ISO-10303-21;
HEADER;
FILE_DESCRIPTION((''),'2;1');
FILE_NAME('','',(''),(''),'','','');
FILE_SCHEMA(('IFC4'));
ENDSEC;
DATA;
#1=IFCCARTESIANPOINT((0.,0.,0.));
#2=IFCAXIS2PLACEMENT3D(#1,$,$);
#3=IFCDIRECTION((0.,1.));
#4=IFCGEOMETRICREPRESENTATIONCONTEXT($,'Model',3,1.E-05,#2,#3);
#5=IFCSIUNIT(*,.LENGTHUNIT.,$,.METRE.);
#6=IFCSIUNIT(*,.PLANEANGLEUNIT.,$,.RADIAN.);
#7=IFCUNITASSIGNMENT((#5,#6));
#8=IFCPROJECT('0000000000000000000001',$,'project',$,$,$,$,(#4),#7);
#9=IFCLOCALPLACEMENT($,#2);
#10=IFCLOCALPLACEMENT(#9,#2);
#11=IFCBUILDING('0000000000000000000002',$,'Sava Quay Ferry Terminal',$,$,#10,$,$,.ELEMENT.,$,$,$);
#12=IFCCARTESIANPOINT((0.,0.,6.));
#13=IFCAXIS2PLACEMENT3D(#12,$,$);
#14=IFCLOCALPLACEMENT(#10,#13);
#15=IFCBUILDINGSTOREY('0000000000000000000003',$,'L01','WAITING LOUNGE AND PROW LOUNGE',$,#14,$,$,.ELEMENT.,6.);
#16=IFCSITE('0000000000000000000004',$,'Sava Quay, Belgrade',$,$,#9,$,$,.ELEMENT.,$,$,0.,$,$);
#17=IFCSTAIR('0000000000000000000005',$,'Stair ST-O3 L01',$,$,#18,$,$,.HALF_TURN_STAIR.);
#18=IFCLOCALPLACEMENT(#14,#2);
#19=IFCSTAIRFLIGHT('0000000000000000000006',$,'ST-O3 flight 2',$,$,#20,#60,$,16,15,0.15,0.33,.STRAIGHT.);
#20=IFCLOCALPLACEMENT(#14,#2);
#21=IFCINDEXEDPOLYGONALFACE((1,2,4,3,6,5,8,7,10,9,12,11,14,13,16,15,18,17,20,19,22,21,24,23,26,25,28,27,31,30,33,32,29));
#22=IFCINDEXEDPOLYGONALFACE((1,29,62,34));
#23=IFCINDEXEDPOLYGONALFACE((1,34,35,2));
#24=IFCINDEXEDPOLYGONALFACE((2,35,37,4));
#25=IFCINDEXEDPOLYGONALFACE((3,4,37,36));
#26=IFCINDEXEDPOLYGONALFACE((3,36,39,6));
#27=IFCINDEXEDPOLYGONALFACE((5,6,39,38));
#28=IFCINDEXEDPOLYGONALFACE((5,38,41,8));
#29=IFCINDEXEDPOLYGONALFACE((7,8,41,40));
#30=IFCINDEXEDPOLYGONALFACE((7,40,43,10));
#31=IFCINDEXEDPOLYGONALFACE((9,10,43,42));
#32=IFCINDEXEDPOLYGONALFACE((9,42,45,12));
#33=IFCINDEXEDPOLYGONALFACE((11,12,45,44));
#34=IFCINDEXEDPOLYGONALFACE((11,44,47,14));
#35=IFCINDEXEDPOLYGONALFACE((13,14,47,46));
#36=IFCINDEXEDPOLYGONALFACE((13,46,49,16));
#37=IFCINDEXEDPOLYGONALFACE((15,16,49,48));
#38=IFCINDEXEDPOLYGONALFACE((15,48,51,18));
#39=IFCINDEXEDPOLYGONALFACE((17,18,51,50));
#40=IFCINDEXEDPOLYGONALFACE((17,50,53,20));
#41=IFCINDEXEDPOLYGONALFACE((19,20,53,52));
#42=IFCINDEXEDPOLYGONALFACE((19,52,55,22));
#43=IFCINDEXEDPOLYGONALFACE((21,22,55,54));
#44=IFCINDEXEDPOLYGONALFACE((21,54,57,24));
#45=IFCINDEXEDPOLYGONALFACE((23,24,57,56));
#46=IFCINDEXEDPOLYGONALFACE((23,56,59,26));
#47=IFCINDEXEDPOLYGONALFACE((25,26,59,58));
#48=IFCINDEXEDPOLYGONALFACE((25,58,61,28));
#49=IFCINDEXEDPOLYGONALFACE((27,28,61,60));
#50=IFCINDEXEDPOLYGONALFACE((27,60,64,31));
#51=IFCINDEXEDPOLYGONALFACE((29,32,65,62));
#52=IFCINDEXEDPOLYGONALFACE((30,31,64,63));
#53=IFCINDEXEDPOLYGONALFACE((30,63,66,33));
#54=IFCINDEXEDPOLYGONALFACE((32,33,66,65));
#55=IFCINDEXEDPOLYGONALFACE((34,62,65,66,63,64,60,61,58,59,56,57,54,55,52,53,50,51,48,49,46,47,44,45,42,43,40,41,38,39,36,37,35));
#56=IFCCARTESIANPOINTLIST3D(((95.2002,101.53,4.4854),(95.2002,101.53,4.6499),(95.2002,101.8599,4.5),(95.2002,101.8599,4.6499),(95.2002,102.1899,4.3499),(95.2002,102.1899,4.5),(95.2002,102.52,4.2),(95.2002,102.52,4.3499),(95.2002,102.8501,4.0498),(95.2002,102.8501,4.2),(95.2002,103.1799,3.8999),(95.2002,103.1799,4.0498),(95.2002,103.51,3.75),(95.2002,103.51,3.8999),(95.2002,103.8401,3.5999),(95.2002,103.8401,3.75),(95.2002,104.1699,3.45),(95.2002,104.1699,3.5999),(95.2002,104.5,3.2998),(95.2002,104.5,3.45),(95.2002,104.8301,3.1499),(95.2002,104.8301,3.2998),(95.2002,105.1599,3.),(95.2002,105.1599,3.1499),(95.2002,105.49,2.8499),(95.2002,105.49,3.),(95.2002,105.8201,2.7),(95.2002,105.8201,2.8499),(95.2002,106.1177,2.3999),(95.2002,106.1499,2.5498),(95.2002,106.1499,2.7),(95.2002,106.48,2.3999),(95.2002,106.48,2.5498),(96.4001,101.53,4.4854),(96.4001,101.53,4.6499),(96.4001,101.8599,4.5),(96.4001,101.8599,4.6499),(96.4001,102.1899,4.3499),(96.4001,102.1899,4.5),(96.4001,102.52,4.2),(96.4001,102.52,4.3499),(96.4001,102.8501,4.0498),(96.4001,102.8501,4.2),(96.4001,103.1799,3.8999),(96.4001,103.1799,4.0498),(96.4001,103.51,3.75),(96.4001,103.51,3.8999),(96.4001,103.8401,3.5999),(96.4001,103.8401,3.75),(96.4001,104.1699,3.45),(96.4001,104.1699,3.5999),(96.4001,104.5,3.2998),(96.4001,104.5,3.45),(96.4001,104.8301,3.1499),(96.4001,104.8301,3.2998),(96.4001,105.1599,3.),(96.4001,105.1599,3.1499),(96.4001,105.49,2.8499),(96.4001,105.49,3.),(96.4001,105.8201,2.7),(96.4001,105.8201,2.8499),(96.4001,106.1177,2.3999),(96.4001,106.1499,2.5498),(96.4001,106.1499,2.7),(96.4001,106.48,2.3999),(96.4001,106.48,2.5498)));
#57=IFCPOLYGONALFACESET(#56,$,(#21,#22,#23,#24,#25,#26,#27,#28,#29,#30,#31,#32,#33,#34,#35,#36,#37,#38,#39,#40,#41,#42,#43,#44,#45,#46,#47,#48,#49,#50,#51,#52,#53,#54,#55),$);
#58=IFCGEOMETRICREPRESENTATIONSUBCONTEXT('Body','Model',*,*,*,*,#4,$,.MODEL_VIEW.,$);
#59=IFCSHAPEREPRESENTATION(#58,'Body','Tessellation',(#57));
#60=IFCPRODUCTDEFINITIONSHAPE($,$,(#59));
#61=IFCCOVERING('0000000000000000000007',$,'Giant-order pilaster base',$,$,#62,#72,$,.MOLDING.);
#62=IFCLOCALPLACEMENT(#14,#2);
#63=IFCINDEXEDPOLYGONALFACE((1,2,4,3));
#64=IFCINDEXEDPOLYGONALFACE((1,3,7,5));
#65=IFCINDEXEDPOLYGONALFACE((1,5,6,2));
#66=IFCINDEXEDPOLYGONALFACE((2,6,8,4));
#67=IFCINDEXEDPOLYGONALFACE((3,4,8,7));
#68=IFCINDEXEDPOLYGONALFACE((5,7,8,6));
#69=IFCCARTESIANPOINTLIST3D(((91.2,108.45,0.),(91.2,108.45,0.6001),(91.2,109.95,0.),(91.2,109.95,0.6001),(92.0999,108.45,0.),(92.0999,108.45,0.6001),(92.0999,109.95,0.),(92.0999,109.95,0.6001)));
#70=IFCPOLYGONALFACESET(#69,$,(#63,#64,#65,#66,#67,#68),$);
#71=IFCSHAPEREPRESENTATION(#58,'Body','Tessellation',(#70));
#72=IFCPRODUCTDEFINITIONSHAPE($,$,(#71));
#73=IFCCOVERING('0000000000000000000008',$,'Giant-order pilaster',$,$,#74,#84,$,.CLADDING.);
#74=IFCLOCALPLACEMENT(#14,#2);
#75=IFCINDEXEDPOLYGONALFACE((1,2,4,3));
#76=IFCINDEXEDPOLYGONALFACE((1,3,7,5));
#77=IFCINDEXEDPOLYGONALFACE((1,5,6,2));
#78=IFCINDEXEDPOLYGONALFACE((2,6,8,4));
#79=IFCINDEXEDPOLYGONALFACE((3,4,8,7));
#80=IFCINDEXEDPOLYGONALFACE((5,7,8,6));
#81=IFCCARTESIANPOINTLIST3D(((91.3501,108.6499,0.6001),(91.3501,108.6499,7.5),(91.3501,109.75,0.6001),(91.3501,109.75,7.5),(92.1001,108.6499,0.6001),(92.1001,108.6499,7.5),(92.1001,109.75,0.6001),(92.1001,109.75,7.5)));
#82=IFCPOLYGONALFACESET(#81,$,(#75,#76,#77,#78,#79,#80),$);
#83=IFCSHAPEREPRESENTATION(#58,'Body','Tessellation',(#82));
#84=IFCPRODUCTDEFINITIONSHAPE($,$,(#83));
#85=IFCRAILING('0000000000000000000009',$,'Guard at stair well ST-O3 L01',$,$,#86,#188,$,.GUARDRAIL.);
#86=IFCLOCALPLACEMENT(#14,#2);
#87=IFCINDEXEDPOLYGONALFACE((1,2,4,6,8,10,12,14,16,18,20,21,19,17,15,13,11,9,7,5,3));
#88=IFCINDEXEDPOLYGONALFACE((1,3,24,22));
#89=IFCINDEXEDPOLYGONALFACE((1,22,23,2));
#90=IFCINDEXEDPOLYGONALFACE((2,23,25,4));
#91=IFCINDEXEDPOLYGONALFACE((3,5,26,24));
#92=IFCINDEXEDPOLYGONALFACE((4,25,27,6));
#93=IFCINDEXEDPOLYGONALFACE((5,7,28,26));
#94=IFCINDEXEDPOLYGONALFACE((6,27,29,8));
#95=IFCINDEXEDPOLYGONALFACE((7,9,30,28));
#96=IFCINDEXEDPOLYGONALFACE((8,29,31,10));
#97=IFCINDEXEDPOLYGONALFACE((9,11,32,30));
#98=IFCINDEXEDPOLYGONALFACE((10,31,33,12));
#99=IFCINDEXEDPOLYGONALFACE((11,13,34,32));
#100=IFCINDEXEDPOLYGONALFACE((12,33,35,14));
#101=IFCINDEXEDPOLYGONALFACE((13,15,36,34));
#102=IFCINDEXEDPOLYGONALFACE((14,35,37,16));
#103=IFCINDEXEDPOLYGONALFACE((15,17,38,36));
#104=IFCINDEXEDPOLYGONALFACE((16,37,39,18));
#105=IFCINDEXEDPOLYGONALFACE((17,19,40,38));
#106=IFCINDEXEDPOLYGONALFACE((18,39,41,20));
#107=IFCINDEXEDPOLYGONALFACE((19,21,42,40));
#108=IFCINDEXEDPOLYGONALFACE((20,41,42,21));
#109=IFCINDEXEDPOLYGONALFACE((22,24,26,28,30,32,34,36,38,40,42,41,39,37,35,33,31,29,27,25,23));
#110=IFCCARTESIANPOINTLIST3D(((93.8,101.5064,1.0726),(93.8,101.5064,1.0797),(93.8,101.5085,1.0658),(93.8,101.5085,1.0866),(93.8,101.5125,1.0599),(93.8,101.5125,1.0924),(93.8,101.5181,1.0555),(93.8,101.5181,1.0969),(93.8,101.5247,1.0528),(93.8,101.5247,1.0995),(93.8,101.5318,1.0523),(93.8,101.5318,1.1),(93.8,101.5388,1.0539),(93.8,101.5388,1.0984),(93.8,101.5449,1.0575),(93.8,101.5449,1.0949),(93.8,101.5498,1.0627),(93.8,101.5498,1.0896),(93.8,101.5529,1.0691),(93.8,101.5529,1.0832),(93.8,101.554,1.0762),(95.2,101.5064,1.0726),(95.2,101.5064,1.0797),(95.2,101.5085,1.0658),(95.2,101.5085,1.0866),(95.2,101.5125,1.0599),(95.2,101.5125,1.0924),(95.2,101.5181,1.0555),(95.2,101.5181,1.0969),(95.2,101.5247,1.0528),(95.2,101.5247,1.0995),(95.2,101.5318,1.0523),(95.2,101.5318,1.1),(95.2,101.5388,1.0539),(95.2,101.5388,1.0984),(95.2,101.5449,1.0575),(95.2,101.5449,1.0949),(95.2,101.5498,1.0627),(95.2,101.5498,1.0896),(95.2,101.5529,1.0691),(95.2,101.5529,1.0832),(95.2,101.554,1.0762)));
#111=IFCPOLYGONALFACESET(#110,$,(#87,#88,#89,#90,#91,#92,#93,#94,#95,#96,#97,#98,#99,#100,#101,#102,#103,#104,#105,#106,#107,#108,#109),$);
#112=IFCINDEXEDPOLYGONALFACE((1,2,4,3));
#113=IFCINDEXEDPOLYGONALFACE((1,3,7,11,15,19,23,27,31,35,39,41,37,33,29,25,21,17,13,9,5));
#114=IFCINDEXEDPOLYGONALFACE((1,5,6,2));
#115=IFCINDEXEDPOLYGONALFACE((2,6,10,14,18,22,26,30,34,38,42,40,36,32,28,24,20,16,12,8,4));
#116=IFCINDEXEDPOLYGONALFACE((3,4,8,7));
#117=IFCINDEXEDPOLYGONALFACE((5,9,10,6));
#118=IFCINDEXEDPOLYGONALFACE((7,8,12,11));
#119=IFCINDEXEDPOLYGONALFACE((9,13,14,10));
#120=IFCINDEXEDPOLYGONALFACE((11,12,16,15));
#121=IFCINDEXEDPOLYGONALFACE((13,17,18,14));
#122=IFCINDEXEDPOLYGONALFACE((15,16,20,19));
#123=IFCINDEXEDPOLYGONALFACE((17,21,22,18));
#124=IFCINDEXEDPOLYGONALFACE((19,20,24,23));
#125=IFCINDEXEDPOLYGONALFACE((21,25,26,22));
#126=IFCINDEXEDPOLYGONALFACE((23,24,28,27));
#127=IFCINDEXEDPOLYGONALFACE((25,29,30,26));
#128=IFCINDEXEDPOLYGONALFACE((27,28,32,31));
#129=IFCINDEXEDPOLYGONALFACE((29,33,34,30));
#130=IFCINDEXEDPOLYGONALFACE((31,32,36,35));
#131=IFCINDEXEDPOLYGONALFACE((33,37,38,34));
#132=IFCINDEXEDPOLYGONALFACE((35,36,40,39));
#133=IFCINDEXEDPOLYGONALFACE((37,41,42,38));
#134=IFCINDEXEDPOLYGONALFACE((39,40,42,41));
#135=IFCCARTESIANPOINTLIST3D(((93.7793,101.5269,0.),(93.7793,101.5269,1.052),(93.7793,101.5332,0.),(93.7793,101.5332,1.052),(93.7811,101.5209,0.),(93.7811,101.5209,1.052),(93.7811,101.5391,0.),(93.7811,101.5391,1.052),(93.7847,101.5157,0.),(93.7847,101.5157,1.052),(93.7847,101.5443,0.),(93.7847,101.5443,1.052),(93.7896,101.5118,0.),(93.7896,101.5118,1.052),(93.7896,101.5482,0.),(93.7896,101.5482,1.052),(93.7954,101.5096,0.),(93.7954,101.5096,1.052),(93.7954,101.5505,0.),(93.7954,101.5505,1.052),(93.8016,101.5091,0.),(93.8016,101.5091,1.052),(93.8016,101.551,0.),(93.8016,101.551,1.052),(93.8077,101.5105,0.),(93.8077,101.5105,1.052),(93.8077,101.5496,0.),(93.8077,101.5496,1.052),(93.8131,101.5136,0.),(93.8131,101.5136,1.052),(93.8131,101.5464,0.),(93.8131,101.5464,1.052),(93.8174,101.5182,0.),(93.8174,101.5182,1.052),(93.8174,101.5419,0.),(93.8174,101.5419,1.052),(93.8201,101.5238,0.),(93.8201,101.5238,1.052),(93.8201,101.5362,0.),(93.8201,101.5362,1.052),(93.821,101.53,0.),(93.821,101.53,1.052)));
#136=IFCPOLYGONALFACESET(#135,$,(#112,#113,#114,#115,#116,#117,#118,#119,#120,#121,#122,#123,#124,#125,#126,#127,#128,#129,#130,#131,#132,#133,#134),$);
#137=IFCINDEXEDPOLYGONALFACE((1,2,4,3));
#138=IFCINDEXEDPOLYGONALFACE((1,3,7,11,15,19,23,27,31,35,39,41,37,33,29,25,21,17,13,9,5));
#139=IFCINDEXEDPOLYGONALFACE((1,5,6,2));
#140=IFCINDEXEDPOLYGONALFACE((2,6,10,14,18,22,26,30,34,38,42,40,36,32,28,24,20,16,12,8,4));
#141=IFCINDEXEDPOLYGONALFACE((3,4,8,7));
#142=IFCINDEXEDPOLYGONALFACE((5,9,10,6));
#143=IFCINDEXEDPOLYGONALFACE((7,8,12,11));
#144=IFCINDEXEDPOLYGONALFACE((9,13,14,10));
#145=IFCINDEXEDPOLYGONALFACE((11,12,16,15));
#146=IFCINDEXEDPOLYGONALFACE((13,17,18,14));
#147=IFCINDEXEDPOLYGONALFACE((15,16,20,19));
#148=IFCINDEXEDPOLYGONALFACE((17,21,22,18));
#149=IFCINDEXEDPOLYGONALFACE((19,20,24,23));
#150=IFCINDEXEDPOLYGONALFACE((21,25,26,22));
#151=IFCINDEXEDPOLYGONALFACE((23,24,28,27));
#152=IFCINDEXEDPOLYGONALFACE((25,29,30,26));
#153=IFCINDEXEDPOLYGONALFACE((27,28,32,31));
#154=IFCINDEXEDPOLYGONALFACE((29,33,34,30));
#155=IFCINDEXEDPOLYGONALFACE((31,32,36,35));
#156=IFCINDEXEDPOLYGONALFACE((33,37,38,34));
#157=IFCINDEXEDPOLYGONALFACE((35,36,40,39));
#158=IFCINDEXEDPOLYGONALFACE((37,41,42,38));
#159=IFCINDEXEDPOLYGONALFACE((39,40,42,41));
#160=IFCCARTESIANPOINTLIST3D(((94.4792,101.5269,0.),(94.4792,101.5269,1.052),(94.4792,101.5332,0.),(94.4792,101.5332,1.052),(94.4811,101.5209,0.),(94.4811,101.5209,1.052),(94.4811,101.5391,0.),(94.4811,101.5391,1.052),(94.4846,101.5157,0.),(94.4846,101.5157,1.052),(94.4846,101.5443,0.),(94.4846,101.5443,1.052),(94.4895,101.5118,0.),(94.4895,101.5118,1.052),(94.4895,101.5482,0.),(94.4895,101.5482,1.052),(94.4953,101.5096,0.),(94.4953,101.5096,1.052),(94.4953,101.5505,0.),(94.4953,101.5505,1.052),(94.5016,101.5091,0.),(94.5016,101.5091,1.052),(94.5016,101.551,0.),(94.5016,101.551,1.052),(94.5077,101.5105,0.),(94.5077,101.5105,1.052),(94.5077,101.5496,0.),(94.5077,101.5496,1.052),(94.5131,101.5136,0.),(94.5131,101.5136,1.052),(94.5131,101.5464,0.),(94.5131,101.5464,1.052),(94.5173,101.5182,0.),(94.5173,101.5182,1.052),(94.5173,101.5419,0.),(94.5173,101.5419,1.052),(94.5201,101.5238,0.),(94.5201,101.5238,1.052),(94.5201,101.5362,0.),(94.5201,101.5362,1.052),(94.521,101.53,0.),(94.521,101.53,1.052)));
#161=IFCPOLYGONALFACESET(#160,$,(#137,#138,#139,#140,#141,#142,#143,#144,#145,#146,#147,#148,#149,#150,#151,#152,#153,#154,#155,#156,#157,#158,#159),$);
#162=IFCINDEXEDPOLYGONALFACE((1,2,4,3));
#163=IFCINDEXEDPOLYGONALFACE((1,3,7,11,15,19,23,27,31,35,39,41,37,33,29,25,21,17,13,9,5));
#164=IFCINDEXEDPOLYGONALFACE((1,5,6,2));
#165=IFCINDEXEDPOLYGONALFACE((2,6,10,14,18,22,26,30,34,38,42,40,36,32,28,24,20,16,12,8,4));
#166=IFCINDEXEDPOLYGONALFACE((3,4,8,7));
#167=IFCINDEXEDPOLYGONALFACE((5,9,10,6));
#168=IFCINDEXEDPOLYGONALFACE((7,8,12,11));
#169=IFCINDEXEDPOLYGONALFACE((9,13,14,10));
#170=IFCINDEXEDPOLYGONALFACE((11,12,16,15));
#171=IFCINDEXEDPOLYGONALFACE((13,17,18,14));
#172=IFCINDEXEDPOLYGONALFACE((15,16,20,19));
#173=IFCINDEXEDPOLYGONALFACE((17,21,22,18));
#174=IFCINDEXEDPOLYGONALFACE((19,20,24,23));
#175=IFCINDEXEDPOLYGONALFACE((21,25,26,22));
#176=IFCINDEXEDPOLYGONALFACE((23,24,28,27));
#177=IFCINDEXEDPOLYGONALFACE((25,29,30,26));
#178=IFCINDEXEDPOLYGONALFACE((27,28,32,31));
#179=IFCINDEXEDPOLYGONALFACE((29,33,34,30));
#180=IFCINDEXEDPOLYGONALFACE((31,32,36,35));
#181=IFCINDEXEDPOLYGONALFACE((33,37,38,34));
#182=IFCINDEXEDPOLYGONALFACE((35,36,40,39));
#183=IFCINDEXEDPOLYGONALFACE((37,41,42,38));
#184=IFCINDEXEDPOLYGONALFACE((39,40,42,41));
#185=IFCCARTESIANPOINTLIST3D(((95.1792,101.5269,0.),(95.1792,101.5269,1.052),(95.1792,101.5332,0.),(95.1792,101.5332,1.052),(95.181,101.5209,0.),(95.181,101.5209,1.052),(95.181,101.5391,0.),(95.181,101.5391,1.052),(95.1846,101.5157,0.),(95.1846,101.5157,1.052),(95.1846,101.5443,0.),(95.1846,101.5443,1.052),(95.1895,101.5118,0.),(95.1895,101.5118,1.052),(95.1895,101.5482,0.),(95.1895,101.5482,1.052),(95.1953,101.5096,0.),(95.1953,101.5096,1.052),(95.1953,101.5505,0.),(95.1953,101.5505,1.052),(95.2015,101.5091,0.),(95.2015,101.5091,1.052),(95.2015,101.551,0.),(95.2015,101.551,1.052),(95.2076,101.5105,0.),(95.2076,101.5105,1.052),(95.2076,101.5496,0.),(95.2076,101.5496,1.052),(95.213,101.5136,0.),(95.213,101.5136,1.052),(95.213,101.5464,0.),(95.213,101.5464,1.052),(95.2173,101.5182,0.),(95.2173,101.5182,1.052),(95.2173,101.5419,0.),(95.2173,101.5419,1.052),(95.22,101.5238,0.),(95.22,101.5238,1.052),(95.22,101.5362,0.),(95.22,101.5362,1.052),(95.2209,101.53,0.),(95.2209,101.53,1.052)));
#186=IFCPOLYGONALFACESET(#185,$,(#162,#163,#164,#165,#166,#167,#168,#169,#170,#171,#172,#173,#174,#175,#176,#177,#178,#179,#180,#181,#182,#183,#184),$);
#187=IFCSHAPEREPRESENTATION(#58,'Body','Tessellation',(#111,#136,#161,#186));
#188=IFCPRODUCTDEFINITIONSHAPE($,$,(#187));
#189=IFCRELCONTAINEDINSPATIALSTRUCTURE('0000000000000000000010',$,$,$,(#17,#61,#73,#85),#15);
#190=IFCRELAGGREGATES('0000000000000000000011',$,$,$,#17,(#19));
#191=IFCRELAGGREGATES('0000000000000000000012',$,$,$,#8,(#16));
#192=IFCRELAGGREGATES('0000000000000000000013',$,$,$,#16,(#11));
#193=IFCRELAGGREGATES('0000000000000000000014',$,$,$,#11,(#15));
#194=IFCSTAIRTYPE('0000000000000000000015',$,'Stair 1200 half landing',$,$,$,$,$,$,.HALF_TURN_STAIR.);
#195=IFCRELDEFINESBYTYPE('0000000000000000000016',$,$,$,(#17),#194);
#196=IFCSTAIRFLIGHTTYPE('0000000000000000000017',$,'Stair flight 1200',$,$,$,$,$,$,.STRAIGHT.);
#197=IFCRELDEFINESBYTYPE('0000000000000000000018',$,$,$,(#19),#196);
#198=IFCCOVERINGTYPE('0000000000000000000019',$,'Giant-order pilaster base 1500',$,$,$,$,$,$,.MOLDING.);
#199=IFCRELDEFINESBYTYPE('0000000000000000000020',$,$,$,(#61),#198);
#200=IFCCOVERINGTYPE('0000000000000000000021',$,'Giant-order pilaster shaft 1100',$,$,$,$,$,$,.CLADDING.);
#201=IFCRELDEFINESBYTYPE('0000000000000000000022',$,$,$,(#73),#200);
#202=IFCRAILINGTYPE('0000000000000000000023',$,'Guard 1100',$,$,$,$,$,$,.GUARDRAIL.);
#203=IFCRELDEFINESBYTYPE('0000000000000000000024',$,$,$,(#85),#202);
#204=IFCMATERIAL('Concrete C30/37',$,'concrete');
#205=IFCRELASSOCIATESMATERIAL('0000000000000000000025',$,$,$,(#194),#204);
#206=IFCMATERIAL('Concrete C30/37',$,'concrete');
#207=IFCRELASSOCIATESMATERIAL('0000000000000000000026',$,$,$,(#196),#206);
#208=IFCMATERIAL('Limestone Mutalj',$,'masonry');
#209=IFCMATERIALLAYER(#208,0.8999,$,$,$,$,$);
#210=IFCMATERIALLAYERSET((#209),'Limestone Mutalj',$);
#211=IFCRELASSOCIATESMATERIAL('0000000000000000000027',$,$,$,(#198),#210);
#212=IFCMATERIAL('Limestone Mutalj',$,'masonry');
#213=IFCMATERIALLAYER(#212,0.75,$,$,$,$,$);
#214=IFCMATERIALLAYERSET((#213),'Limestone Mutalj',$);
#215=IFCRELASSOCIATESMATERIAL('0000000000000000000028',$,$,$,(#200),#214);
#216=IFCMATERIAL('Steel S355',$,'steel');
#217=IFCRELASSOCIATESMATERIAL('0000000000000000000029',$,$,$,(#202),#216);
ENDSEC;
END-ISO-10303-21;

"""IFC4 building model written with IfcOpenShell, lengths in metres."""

from ifc_helpers import new_model, si_unit, direction, frame, origin, origin_2d, place, context, subcontext, project, spatial, polyline, rectangle, circle, outline, extrude, material, layer, layer_set, type_object, element, aggregate, save


model = new_model("IFC4")

# Units and contexts
model_context = context("Model", 3, precision=1e-05, world=origin(), true_north=direction((0.0, 1.0)))
body_context = subcontext(model_context, "Body", "Model", "MODEL_VIEW")
ifc_project = project(units=[si_unit("LENGTHUNIT", "METRE"), si_unit("PLANEANGLEUNIT", "RADIAN")], contexts=[model_context])

# Site, building, storey
site_placement = place(None, origin())
site = spatial("IfcSite", under=ifc_project, at=site_placement, Name="Sava Quay, Belgrade", CompositionType="ELEMENT", RefElevation=0.0)
building_placement = place(site_placement, origin())
building = spatial("IfcBuilding", under=site, at=building_placement, Name="Sava Quay Ferry Terminal", CompositionType="ELEMENT")
storey_placement = place(building_placement, frame((0.0, 0.0, 6.0)))
storey = spatial("IfcBuildingStorey", under=building, at=storey_placement, Name="L01", Description="WAITING LOUNGE AND PROW LOUNGE", CompositionType="ELEMENT", Elevation=6.0)

# Stair, stair flight
ifc_material_1 = material(Name="Concrete C30/37", Category="concrete")
stair_type = type_object("IfcStairType", Name="Stair 1200 half landing", PredefinedType="HALF_TURN_STAIR", material=ifc_material_1)
stair_placement = place(storey_placement, origin())
stair = element("IfcStair", 1, at=stair_placement, inside=storey, type_object=stair_type, Name="Stair ST-O3 L01", PredefinedType="HALF_TURN_STAIR")
ifc_material_2 = material(Name="Concrete C30/37", Category="concrete")
stair_flight_type = type_object("IfcStairFlightType", Name="Stair flight 1200", PredefinedType="STRAIGHT", material=ifc_material_2)
stair_flight_1_placement = place(storey_placement, frame((95.8, 106.48, 2.3999), z_axis=(0.0, 0.0, 1.0), x_axis=(0.0, -1.0, 0.0)))
stair_flight_1 = element("IfcStairFlight", 2, at=stair_flight_1_placement, type_object=stair_flight_type, Name="ST-O3 flight 2", NumberOfRisers=16, NumberOfTreads=15, PredefinedType="STRAIGHT", RiserHeight=0.15, TreadLength=0.33, context=body_context, shape_type="SweptSolid", body=[
    extrude(outline(polyline([(0.0, 0.0), (0.0, 0.1499), (0.3301, 0.1499), (0.3301, 0.3), (0.6599, 0.3), (0.6599, 0.45), (0.99, 0.45), (0.99, 0.6001), (1.3201, 0.6001), (1.3201, 0.75), (1.6499, 0.75), (1.6499, 0.8999), (1.98, 0.8999), (1.98, 1.05), (2.3101, 1.05), (2.3101, 1.2), (2.6399, 1.2), (2.6399, 1.3501), (2.97, 1.3501), (2.97, 1.5), (3.3, 1.5), (3.3, 1.6499), (3.6299, 1.6499), (3.6299, 1.8), (3.96, 1.8), (3.96, 1.95), (4.29, 1.95), (4.29, 2.1001), (4.6201, 2.1001), (4.6201, 2.25), (4.95, 2.25), (4.95, 2.3999), (4.95, 2.0854), (0.3623, 0.0), (0.0, 0.0)])), frame((0.0, 0.6001, 0.0), z_axis=(0.0, -1.0, 0.0), x_axis=(1.0, 0.0, 0.0)), (0.0, 0.0, 1.0), 1.2),
])
aggregate(stair, [stair_flight_1])

# Coverings
ifc_material_3 = material(Name="Limestone Mutalj", Category="masonry")
ifc_layer_1 = layer(ifc_material_3, 0.8999)
ifc_layer_set_1 = layer_set([ifc_layer_1], Name="Limestone Mutalj")
covering_type_1 = type_object("IfcCoveringType", Name="Giant-order pilaster base 1500", PredefinedType="MOLDING", material=ifc_layer_set_1)
covering_1_placement = place(storey_placement, frame((91.6499, 109.2, 0.0), z_axis=(0.0, 0.0, 1.0), x_axis=(1.0, 0.0, 0.0)))
element("IfcCovering", 3, at=covering_1_placement, inside=storey, type_object=covering_type_1, Name="Giant-order pilaster base", PredefinedType="MOLDING", context=body_context, shape_type="SweptSolid", body=[
    extrude(rectangle(XDim=0.8999, YDim=1.5, at=origin_2d()), origin(), (0.0, 0.0, 1.0), 0.6001),
])
ifc_material_4 = material(Name="Limestone Mutalj", Category="masonry")
ifc_layer_2 = layer(ifc_material_4, 0.75)
ifc_layer_set_2 = layer_set([ifc_layer_2], Name="Limestone Mutalj")
covering_type_2 = type_object("IfcCoveringType", Name="Giant-order pilaster shaft 1100", PredefinedType="CLADDING", material=ifc_layer_set_2)
covering_2_placement = place(storey_placement, frame((91.7251, 109.2, 0.6001), z_axis=(0.0, 0.0, 1.0), x_axis=(1.0, 0.0, 0.0)))
element("IfcCovering", 4, at=covering_2_placement, inside=storey, type_object=covering_type_2, Name="Giant-order pilaster", PredefinedType="CLADDING", context=body_context, shape_type="SweptSolid", body=[
    extrude(rectangle(XDim=0.75, YDim=1.1001, at=origin_2d()), origin(), (0.0, 0.0, 1.0), 6.8999),
])

# Railing
ifc_material_5 = material(Name="Steel S355", Category="steel")
railing_type_1 = type_object("IfcRailingType", Name="Guard 1100", PredefinedType="GUARDRAIL", material=ifc_material_5)
railing_1_placement = place(storey_placement, frame((93.8, 101.53, 0.0)))
element("IfcRailing", 5, at=railing_1_placement, inside=storey, type_object=railing_type_1, Name="Guard at stair well ST-O3 L01", PredefinedType="GUARDRAIL", context=body_context, shape_type="SweptSolid", body=[
    extrude(circle(Radius=0.0239, at=origin_2d()), frame((0.0, 0.0, 1.0762), z_axis=(1.0, 0.0, 0.0), x_axis=(0.0, 1.0, 0.0)), (0.0, 0.0, 1.0), 1.3999),
    extrude(circle(Radius=0.021, at=origin_2d()), origin(), (0.0, 0.0, 1.0), 1.052),
    extrude(circle(Radius=0.021, at=origin_2d()), frame((0.7, 0.0, 0.0)), (0.0, 0.0, 1.0), 1.052),
    extrude(circle(Radius=0.021, at=origin_2d()), frame((1.3999, 0.0, 0.0)), (0.0, 0.0, 1.0), 1.052),
])

save(model, "model.ifc")
